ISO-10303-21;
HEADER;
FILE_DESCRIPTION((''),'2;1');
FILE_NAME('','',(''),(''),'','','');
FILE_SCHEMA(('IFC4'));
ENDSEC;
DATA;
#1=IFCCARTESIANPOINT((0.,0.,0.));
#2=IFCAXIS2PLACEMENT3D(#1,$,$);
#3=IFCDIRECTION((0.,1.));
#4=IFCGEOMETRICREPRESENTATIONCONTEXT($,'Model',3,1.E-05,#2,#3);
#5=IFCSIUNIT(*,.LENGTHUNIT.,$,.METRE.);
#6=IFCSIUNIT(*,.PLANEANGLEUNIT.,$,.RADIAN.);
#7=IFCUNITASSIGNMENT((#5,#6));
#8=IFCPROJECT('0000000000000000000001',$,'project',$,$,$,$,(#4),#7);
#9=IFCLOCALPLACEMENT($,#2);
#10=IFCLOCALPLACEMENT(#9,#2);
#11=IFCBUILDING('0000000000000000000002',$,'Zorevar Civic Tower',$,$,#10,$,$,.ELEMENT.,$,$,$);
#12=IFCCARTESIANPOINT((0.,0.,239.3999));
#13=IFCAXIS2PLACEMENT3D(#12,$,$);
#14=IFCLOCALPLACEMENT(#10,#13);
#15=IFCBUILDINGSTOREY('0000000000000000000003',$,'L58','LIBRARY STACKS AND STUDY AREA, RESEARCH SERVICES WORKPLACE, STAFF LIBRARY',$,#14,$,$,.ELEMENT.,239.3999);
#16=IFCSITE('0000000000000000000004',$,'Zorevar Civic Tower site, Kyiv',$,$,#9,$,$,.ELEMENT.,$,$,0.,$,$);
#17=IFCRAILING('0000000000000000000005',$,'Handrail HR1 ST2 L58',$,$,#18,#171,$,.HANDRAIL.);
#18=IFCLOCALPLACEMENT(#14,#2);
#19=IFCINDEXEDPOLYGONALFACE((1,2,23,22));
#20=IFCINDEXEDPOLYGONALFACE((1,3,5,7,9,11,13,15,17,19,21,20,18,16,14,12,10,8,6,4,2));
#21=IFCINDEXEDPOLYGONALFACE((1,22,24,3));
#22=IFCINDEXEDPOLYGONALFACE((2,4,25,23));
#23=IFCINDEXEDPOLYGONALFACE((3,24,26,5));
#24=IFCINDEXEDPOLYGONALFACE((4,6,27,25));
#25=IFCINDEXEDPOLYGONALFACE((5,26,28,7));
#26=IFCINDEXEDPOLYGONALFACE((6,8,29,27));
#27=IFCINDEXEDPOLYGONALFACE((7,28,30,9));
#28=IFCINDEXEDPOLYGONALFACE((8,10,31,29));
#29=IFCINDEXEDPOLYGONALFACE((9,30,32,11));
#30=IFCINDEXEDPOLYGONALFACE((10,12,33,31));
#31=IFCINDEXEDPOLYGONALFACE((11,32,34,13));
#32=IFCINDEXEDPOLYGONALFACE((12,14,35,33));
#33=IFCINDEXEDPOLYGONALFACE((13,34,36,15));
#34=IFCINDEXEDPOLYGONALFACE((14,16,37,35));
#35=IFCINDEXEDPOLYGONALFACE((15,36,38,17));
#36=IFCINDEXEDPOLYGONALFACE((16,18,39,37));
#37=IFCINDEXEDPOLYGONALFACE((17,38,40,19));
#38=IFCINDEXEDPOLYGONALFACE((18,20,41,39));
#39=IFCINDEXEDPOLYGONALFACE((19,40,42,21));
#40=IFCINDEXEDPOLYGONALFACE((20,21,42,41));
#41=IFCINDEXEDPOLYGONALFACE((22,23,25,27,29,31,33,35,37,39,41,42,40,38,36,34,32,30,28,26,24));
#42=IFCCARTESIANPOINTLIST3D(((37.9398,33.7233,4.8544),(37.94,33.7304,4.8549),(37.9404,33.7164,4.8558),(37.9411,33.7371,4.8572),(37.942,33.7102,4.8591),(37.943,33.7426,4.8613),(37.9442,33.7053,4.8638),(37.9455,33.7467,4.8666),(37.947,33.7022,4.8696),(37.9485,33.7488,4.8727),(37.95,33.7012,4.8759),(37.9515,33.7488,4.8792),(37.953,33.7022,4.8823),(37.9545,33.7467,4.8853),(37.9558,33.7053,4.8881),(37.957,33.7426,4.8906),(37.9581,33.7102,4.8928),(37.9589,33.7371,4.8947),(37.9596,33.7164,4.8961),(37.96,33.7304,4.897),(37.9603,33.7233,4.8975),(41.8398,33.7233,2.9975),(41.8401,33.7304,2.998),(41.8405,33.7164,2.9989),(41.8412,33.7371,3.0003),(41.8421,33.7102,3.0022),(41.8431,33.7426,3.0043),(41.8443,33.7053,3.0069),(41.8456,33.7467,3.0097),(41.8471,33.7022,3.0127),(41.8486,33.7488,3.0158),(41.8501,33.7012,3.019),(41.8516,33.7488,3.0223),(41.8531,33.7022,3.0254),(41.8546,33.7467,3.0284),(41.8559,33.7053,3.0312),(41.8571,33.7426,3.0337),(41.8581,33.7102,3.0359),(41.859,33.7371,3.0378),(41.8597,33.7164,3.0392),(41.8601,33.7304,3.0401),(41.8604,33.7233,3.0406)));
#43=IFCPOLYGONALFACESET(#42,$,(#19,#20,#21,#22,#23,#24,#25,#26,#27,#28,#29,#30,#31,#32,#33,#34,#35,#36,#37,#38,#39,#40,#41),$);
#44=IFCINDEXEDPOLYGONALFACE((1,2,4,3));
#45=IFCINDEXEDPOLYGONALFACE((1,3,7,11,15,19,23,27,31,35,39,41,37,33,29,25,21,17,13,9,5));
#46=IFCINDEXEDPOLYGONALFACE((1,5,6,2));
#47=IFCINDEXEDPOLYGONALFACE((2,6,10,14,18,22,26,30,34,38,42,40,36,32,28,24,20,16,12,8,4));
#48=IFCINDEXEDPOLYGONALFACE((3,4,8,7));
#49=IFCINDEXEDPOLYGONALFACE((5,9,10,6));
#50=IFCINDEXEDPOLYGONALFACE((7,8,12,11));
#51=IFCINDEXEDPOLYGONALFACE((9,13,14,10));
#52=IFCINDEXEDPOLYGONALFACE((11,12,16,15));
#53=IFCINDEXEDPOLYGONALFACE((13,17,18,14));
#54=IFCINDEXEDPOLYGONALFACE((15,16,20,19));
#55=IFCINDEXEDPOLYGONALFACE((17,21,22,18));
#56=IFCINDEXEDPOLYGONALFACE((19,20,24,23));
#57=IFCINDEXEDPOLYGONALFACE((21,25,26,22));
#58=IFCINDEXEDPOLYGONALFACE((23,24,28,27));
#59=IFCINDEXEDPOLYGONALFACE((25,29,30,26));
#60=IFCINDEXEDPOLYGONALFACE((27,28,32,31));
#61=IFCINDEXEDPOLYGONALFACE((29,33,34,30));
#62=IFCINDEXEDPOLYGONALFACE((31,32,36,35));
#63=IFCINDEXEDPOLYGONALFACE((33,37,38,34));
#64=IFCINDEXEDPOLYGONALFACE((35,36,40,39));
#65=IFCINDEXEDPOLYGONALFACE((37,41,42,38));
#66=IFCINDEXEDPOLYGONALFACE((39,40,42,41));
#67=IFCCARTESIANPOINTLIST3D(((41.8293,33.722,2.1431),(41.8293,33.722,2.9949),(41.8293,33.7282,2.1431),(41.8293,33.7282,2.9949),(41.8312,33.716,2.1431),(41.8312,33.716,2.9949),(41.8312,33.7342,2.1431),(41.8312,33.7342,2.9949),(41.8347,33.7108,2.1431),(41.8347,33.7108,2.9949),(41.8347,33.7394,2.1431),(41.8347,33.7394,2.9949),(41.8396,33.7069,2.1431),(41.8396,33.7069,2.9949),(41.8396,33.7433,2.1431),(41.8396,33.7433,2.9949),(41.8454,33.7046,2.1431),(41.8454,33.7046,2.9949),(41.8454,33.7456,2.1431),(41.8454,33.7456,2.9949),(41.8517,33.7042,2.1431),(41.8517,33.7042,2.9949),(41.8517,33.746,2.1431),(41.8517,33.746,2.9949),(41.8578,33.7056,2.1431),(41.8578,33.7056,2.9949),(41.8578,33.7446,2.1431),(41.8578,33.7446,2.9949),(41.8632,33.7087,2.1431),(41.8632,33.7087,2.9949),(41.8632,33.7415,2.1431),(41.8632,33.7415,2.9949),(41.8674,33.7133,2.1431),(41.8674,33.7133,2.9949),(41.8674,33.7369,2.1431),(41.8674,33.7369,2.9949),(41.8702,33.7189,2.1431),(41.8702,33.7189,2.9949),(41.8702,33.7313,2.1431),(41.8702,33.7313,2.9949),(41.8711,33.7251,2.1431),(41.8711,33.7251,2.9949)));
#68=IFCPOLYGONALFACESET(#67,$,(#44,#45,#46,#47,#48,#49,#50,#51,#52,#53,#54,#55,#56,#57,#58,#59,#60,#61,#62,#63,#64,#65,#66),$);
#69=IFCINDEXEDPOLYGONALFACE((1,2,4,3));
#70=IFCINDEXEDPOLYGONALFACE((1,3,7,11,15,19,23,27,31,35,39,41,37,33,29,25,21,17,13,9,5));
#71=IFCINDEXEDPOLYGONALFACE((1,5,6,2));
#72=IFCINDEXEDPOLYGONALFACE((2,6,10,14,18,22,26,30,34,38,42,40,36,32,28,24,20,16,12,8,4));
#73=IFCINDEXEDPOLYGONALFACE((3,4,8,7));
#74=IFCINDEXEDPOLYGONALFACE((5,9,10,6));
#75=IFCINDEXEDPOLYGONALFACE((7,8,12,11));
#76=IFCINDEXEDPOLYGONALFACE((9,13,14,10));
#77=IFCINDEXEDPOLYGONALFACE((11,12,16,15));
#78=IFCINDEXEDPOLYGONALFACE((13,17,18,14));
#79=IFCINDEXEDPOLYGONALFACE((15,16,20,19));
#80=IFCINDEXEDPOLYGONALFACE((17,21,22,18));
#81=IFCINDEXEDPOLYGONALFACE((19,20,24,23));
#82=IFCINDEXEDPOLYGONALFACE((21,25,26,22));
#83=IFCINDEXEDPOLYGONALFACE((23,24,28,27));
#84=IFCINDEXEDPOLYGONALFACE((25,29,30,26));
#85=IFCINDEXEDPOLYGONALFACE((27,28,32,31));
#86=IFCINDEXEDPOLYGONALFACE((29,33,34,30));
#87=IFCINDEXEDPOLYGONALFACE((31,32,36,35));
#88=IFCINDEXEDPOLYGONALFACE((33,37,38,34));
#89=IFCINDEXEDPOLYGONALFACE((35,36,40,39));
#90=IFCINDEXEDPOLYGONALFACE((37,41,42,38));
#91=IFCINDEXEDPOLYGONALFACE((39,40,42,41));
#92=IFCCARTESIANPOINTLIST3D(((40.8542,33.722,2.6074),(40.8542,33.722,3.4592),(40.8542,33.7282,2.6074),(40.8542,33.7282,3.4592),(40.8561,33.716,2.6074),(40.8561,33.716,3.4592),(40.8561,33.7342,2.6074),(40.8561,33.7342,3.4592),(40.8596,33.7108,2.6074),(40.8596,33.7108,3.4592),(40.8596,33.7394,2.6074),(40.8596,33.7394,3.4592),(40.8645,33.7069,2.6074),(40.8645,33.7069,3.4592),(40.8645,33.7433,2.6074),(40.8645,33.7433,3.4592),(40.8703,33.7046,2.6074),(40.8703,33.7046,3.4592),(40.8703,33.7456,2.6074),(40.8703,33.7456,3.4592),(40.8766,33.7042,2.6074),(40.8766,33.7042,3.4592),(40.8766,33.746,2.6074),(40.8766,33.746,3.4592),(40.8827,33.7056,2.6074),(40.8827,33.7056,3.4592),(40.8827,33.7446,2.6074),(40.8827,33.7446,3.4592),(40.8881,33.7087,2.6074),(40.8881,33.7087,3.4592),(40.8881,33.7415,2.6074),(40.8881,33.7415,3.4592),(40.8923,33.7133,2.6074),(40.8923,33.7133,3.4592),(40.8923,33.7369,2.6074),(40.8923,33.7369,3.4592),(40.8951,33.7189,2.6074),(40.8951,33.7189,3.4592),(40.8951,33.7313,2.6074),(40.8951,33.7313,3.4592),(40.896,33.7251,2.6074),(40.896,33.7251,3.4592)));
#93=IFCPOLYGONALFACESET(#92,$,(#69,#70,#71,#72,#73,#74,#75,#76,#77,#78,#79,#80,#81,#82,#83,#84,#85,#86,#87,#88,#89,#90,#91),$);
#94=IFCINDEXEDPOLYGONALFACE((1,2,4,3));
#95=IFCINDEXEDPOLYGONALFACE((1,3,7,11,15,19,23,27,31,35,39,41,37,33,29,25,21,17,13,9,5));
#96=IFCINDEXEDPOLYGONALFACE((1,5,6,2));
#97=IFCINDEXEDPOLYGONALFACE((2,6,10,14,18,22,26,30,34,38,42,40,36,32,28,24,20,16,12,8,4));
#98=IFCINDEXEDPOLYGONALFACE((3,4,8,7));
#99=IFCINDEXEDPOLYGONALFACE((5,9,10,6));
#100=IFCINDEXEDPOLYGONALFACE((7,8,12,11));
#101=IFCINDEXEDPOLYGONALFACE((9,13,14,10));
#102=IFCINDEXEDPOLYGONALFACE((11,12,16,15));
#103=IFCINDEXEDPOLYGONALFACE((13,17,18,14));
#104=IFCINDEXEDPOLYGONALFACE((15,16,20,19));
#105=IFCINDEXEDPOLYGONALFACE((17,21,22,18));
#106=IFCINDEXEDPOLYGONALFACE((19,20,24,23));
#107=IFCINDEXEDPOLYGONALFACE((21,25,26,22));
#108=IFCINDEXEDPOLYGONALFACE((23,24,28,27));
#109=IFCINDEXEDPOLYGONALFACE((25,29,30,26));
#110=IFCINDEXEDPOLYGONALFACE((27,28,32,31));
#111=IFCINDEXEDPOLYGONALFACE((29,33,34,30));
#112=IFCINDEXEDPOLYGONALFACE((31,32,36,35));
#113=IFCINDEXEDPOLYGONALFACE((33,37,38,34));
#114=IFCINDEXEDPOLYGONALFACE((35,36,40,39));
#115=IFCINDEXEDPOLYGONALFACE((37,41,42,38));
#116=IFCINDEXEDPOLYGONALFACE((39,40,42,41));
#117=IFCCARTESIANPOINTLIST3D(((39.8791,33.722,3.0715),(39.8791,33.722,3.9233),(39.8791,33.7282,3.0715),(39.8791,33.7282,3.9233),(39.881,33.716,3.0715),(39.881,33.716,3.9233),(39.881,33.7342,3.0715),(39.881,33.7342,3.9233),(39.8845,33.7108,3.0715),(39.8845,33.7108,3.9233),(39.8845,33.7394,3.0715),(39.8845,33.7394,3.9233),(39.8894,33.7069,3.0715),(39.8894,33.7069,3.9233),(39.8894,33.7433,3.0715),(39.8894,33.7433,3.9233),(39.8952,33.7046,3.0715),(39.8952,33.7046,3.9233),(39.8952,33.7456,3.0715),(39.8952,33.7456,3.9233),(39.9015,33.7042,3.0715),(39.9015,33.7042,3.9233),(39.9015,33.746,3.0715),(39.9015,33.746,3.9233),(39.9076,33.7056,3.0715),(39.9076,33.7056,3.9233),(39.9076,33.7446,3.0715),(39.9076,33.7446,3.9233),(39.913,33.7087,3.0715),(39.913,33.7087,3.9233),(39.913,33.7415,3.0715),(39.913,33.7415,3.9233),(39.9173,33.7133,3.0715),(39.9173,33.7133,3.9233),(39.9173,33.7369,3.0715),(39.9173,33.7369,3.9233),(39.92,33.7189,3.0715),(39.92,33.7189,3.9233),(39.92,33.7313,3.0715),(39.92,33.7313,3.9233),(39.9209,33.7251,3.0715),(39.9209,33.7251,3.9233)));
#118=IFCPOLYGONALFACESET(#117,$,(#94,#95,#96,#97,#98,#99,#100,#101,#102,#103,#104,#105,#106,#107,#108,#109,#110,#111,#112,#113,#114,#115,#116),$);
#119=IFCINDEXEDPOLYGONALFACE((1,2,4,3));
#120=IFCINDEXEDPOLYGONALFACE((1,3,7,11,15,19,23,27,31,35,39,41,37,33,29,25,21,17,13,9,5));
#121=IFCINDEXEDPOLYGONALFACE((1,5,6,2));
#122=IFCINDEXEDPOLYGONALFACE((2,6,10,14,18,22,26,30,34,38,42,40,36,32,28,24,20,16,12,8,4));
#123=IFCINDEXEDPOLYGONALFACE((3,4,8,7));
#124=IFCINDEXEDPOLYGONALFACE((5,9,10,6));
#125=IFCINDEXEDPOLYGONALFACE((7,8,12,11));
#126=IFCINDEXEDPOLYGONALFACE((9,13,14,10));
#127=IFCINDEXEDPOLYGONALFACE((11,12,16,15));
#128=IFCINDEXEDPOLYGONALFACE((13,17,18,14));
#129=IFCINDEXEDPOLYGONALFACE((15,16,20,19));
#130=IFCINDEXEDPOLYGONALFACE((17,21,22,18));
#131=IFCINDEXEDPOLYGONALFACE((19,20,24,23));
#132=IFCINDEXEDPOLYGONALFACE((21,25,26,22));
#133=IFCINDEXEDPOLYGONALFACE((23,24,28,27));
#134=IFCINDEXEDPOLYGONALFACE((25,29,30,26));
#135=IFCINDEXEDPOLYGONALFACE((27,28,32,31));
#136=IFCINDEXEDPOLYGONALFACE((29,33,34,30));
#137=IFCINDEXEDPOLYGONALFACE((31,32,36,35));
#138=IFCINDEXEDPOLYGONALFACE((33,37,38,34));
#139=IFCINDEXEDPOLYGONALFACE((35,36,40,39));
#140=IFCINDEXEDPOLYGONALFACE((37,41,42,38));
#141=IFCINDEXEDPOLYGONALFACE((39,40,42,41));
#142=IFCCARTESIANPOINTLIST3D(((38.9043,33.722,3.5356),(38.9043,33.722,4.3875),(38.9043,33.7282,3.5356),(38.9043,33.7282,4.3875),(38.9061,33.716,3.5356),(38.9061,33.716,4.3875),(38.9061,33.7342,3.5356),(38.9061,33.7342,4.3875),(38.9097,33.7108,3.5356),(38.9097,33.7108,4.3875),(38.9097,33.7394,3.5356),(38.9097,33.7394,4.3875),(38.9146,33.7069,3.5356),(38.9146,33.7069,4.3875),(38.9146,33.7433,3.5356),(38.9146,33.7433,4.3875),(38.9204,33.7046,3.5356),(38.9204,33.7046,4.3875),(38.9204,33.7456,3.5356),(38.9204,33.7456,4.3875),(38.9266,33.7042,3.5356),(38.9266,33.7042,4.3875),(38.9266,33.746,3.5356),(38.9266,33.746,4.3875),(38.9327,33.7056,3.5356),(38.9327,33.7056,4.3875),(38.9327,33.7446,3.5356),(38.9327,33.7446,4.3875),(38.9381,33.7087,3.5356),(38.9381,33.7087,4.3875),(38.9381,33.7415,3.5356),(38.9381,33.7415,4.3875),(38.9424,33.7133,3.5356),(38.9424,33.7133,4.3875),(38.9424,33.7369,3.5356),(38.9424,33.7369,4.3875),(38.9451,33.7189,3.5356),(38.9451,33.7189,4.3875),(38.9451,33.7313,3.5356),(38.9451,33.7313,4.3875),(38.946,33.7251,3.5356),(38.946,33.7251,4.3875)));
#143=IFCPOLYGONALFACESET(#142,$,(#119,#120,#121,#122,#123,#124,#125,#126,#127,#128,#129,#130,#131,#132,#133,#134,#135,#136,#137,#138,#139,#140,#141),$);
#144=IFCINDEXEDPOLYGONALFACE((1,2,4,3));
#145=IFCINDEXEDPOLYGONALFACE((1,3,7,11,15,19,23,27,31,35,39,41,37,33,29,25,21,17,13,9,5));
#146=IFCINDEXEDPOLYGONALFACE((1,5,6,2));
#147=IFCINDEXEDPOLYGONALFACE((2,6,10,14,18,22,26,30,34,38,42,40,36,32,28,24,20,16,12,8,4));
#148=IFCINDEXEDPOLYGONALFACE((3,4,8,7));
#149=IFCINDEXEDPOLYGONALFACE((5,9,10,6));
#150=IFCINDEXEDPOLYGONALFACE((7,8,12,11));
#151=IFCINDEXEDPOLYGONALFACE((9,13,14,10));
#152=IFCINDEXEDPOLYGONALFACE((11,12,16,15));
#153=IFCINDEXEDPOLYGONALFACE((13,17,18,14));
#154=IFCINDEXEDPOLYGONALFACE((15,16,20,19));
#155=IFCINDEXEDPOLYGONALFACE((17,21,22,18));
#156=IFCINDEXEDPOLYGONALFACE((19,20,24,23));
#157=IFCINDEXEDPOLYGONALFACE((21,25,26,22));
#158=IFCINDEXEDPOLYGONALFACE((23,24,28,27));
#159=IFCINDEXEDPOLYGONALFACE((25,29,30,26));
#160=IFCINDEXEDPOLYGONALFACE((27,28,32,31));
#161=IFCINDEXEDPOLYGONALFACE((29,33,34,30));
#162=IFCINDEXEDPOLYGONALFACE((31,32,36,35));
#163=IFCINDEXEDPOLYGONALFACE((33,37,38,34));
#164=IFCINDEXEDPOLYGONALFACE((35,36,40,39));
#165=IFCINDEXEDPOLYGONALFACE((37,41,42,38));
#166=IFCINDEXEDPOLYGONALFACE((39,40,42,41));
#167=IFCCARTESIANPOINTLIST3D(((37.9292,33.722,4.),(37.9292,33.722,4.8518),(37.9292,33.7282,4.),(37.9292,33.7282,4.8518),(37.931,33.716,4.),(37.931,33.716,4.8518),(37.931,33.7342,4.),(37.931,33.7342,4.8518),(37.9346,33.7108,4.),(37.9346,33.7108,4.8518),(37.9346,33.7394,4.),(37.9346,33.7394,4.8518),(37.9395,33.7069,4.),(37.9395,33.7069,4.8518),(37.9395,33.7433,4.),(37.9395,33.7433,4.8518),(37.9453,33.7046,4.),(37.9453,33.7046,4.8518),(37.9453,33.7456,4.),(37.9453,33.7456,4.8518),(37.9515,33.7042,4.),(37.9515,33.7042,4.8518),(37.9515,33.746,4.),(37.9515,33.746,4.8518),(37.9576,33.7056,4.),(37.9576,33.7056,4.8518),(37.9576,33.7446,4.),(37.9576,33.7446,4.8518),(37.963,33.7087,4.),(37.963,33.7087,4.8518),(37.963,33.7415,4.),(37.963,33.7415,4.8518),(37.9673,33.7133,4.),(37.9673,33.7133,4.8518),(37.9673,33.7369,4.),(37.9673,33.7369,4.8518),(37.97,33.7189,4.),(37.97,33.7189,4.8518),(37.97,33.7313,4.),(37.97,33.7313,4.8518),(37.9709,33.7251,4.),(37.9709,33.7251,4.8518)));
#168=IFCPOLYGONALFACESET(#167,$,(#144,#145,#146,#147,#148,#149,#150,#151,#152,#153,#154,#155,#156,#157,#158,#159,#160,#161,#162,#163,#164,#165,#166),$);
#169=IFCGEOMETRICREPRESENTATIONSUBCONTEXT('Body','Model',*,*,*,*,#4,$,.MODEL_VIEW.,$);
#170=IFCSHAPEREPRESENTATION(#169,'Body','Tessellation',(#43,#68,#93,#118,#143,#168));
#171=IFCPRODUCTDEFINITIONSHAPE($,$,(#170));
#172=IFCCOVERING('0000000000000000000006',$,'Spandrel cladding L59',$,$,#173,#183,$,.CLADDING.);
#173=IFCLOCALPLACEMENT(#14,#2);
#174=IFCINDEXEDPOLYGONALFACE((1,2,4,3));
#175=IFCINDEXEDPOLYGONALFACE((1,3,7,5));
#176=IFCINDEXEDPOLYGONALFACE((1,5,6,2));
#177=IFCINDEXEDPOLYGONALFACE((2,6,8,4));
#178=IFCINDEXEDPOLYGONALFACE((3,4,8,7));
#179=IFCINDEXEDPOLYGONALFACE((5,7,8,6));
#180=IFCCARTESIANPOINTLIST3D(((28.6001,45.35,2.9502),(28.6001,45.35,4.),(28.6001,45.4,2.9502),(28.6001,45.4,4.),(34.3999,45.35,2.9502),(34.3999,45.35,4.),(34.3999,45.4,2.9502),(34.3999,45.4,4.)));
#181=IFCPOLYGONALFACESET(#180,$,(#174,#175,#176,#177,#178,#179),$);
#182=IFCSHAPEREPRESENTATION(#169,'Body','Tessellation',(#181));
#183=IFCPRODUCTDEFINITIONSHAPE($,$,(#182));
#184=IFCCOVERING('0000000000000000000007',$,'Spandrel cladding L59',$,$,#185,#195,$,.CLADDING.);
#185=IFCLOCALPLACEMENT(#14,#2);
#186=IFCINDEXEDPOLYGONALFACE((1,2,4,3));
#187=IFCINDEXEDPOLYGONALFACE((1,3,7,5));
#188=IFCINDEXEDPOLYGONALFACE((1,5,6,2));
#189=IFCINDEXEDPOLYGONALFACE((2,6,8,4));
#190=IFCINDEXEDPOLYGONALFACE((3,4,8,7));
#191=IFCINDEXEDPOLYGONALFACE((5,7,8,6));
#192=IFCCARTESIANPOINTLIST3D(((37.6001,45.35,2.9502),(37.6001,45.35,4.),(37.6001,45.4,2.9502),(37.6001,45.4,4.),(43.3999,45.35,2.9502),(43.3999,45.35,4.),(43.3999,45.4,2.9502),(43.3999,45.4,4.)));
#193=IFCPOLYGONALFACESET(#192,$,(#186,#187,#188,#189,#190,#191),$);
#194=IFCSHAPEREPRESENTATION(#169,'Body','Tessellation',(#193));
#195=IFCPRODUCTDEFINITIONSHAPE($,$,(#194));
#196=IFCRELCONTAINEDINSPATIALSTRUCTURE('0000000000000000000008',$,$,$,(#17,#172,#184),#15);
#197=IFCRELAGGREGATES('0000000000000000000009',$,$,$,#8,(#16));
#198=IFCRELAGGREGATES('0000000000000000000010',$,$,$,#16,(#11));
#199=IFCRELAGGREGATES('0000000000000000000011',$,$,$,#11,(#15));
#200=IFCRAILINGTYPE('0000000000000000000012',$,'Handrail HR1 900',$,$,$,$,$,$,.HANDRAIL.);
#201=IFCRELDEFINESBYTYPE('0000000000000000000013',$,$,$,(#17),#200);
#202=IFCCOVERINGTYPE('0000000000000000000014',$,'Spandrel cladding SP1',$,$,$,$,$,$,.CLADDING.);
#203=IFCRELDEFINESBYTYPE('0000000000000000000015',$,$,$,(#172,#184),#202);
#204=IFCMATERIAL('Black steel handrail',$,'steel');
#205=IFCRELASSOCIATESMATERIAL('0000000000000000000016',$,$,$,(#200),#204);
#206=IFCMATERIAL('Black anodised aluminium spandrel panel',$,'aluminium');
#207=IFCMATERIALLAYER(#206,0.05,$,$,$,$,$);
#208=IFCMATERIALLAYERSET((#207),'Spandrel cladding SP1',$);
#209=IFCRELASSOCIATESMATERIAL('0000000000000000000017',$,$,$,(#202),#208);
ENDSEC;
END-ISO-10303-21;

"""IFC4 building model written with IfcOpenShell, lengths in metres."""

from ifc_helpers import new_model, si_unit, direction, frame, frame_2d, origin, origin_2d, place, context, subcontext, project, spatial, rectangle, circle, extrude, material, layer, layer_set, type_object, element, save


model = new_model("IFC4")

# Units and contexts
model_context = context("Model", 3, precision=1e-05, world=origin(), true_north=direction((0.0, 1.0)))
body_context = subcontext(model_context, "Body", "Model", "MODEL_VIEW")
ifc_project = project(units=[si_unit("LENGTHUNIT", "METRE"), si_unit("PLANEANGLEUNIT", "RADIAN")], contexts=[model_context])

# Site, building, storey
site_placement = place(None, origin())
site = spatial("IfcSite", under=ifc_project, at=site_placement, Name="Zorevar Civic Tower site, Kyiv", CompositionType="ELEMENT", RefElevation=0.0)
building_placement = place(site_placement, origin())
building = spatial("IfcBuilding", under=site, at=building_placement, Name="Zorevar Civic Tower", CompositionType="ELEMENT")
storey_placement = place(building_placement, frame((0.0, 0.0, 239.3999)))
storey = spatial("IfcBuildingStorey", under=building, at=storey_placement, Name="L58", Description="LIBRARY STACKS AND STUDY AREA, RESEARCH SERVICES WORKPLACE, STAFF LIBRARY", CompositionType="ELEMENT", Elevation=239.3999)

# Railing
ifc_material_1 = material(Name="Black steel handrail", Category="steel")
railing_type = type_object("IfcRailingType", Name="Handrail HR1 900", PredefinedType="HANDRAIL", material=ifc_material_1)
railing_1_placement = place(storey_placement, frame((41.8501, 33.7251, 2.1431)))
element("IfcRailing", 1, at=railing_1_placement, inside=storey, type_object=railing_type, Name="Handrail HR1 ST2 L58", PredefinedType="HANDRAIL", context=body_context, shape_type="SweptSolid", body=[
    extrude(circle(Radius=0.0239, at=origin_2d()), frame((0.0, 0.0, 0.876), z_axis=(-0.902886, 0.0, 0.429881), x_axis=(0.0, -1.0, 0.0)), (0.0, 0.0, 1.0), 4.3196),
    extrude(circle(Radius=0.021, at=origin_2d()), origin(), (0.0, 0.0, 1.0), 0.8518),
    extrude(circle(Radius=0.021, at=origin_2d()), frame((-0.9751, 0.0, 0.4644)), (0.0, 0.0, 1.0), 0.8518),
    extrude(circle(Radius=0.021, at=origin_2d()), frame((-1.9502, 0.0, 0.9285)), (0.0, 0.0, 1.0), 0.8518),
    extrude(circle(Radius=0.021, at=origin_2d()), frame((-2.925, 0.0, 1.3926)), (0.0, 0.0, 1.0), 0.8518),
    extrude(circle(Radius=0.021, at=origin_2d()), frame((-3.9001, 0.0, 1.8569)), (0.0, 0.0, 1.0), 0.8518),
])

# Coverings
ifc_material_2 = material(Name="Black anodised aluminium spandrel panel", Category="aluminium")
ifc_layer_1 = layer(ifc_material_2, 0.05)
ifc_layer_set_1 = layer_set([ifc_layer_1], Name="Spandrel cladding SP1")
covering_type = type_object("IfcCoveringType", Name="Spandrel cladding SP1", PredefinedType="CLADDING", material=ifc_layer_set_1)
for number, where, z_axis, x_axis, name in (
    (2, (28.6001, 45.375, 2.9502), (0.0, 0.0, 1.0), (1.0, 0.0, 0.0), "Spandrel cladding L59"),
    (3, (37.6001, 45.375, 2.9502), (0.0, 0.0, 1.0), (1.0, 0.0, 0.0), "Spandrel cladding L59"),
):
    element("IfcCovering", number, at=place(storey_placement, frame(where, z_axis=z_axis, x_axis=x_axis)), inside=storey, type_object=covering_type, Name=name, PredefinedType="CLADDING", context=body_context, shape_type="SweptSolid", body=[
        extrude(rectangle(XDim=5.7998, YDim=0.05, at=frame_2d((2.8999, 0.0))), origin(), (0.0, 0.0, 1.0), 1.0498),
    ])

save(model, "model.ifc")
